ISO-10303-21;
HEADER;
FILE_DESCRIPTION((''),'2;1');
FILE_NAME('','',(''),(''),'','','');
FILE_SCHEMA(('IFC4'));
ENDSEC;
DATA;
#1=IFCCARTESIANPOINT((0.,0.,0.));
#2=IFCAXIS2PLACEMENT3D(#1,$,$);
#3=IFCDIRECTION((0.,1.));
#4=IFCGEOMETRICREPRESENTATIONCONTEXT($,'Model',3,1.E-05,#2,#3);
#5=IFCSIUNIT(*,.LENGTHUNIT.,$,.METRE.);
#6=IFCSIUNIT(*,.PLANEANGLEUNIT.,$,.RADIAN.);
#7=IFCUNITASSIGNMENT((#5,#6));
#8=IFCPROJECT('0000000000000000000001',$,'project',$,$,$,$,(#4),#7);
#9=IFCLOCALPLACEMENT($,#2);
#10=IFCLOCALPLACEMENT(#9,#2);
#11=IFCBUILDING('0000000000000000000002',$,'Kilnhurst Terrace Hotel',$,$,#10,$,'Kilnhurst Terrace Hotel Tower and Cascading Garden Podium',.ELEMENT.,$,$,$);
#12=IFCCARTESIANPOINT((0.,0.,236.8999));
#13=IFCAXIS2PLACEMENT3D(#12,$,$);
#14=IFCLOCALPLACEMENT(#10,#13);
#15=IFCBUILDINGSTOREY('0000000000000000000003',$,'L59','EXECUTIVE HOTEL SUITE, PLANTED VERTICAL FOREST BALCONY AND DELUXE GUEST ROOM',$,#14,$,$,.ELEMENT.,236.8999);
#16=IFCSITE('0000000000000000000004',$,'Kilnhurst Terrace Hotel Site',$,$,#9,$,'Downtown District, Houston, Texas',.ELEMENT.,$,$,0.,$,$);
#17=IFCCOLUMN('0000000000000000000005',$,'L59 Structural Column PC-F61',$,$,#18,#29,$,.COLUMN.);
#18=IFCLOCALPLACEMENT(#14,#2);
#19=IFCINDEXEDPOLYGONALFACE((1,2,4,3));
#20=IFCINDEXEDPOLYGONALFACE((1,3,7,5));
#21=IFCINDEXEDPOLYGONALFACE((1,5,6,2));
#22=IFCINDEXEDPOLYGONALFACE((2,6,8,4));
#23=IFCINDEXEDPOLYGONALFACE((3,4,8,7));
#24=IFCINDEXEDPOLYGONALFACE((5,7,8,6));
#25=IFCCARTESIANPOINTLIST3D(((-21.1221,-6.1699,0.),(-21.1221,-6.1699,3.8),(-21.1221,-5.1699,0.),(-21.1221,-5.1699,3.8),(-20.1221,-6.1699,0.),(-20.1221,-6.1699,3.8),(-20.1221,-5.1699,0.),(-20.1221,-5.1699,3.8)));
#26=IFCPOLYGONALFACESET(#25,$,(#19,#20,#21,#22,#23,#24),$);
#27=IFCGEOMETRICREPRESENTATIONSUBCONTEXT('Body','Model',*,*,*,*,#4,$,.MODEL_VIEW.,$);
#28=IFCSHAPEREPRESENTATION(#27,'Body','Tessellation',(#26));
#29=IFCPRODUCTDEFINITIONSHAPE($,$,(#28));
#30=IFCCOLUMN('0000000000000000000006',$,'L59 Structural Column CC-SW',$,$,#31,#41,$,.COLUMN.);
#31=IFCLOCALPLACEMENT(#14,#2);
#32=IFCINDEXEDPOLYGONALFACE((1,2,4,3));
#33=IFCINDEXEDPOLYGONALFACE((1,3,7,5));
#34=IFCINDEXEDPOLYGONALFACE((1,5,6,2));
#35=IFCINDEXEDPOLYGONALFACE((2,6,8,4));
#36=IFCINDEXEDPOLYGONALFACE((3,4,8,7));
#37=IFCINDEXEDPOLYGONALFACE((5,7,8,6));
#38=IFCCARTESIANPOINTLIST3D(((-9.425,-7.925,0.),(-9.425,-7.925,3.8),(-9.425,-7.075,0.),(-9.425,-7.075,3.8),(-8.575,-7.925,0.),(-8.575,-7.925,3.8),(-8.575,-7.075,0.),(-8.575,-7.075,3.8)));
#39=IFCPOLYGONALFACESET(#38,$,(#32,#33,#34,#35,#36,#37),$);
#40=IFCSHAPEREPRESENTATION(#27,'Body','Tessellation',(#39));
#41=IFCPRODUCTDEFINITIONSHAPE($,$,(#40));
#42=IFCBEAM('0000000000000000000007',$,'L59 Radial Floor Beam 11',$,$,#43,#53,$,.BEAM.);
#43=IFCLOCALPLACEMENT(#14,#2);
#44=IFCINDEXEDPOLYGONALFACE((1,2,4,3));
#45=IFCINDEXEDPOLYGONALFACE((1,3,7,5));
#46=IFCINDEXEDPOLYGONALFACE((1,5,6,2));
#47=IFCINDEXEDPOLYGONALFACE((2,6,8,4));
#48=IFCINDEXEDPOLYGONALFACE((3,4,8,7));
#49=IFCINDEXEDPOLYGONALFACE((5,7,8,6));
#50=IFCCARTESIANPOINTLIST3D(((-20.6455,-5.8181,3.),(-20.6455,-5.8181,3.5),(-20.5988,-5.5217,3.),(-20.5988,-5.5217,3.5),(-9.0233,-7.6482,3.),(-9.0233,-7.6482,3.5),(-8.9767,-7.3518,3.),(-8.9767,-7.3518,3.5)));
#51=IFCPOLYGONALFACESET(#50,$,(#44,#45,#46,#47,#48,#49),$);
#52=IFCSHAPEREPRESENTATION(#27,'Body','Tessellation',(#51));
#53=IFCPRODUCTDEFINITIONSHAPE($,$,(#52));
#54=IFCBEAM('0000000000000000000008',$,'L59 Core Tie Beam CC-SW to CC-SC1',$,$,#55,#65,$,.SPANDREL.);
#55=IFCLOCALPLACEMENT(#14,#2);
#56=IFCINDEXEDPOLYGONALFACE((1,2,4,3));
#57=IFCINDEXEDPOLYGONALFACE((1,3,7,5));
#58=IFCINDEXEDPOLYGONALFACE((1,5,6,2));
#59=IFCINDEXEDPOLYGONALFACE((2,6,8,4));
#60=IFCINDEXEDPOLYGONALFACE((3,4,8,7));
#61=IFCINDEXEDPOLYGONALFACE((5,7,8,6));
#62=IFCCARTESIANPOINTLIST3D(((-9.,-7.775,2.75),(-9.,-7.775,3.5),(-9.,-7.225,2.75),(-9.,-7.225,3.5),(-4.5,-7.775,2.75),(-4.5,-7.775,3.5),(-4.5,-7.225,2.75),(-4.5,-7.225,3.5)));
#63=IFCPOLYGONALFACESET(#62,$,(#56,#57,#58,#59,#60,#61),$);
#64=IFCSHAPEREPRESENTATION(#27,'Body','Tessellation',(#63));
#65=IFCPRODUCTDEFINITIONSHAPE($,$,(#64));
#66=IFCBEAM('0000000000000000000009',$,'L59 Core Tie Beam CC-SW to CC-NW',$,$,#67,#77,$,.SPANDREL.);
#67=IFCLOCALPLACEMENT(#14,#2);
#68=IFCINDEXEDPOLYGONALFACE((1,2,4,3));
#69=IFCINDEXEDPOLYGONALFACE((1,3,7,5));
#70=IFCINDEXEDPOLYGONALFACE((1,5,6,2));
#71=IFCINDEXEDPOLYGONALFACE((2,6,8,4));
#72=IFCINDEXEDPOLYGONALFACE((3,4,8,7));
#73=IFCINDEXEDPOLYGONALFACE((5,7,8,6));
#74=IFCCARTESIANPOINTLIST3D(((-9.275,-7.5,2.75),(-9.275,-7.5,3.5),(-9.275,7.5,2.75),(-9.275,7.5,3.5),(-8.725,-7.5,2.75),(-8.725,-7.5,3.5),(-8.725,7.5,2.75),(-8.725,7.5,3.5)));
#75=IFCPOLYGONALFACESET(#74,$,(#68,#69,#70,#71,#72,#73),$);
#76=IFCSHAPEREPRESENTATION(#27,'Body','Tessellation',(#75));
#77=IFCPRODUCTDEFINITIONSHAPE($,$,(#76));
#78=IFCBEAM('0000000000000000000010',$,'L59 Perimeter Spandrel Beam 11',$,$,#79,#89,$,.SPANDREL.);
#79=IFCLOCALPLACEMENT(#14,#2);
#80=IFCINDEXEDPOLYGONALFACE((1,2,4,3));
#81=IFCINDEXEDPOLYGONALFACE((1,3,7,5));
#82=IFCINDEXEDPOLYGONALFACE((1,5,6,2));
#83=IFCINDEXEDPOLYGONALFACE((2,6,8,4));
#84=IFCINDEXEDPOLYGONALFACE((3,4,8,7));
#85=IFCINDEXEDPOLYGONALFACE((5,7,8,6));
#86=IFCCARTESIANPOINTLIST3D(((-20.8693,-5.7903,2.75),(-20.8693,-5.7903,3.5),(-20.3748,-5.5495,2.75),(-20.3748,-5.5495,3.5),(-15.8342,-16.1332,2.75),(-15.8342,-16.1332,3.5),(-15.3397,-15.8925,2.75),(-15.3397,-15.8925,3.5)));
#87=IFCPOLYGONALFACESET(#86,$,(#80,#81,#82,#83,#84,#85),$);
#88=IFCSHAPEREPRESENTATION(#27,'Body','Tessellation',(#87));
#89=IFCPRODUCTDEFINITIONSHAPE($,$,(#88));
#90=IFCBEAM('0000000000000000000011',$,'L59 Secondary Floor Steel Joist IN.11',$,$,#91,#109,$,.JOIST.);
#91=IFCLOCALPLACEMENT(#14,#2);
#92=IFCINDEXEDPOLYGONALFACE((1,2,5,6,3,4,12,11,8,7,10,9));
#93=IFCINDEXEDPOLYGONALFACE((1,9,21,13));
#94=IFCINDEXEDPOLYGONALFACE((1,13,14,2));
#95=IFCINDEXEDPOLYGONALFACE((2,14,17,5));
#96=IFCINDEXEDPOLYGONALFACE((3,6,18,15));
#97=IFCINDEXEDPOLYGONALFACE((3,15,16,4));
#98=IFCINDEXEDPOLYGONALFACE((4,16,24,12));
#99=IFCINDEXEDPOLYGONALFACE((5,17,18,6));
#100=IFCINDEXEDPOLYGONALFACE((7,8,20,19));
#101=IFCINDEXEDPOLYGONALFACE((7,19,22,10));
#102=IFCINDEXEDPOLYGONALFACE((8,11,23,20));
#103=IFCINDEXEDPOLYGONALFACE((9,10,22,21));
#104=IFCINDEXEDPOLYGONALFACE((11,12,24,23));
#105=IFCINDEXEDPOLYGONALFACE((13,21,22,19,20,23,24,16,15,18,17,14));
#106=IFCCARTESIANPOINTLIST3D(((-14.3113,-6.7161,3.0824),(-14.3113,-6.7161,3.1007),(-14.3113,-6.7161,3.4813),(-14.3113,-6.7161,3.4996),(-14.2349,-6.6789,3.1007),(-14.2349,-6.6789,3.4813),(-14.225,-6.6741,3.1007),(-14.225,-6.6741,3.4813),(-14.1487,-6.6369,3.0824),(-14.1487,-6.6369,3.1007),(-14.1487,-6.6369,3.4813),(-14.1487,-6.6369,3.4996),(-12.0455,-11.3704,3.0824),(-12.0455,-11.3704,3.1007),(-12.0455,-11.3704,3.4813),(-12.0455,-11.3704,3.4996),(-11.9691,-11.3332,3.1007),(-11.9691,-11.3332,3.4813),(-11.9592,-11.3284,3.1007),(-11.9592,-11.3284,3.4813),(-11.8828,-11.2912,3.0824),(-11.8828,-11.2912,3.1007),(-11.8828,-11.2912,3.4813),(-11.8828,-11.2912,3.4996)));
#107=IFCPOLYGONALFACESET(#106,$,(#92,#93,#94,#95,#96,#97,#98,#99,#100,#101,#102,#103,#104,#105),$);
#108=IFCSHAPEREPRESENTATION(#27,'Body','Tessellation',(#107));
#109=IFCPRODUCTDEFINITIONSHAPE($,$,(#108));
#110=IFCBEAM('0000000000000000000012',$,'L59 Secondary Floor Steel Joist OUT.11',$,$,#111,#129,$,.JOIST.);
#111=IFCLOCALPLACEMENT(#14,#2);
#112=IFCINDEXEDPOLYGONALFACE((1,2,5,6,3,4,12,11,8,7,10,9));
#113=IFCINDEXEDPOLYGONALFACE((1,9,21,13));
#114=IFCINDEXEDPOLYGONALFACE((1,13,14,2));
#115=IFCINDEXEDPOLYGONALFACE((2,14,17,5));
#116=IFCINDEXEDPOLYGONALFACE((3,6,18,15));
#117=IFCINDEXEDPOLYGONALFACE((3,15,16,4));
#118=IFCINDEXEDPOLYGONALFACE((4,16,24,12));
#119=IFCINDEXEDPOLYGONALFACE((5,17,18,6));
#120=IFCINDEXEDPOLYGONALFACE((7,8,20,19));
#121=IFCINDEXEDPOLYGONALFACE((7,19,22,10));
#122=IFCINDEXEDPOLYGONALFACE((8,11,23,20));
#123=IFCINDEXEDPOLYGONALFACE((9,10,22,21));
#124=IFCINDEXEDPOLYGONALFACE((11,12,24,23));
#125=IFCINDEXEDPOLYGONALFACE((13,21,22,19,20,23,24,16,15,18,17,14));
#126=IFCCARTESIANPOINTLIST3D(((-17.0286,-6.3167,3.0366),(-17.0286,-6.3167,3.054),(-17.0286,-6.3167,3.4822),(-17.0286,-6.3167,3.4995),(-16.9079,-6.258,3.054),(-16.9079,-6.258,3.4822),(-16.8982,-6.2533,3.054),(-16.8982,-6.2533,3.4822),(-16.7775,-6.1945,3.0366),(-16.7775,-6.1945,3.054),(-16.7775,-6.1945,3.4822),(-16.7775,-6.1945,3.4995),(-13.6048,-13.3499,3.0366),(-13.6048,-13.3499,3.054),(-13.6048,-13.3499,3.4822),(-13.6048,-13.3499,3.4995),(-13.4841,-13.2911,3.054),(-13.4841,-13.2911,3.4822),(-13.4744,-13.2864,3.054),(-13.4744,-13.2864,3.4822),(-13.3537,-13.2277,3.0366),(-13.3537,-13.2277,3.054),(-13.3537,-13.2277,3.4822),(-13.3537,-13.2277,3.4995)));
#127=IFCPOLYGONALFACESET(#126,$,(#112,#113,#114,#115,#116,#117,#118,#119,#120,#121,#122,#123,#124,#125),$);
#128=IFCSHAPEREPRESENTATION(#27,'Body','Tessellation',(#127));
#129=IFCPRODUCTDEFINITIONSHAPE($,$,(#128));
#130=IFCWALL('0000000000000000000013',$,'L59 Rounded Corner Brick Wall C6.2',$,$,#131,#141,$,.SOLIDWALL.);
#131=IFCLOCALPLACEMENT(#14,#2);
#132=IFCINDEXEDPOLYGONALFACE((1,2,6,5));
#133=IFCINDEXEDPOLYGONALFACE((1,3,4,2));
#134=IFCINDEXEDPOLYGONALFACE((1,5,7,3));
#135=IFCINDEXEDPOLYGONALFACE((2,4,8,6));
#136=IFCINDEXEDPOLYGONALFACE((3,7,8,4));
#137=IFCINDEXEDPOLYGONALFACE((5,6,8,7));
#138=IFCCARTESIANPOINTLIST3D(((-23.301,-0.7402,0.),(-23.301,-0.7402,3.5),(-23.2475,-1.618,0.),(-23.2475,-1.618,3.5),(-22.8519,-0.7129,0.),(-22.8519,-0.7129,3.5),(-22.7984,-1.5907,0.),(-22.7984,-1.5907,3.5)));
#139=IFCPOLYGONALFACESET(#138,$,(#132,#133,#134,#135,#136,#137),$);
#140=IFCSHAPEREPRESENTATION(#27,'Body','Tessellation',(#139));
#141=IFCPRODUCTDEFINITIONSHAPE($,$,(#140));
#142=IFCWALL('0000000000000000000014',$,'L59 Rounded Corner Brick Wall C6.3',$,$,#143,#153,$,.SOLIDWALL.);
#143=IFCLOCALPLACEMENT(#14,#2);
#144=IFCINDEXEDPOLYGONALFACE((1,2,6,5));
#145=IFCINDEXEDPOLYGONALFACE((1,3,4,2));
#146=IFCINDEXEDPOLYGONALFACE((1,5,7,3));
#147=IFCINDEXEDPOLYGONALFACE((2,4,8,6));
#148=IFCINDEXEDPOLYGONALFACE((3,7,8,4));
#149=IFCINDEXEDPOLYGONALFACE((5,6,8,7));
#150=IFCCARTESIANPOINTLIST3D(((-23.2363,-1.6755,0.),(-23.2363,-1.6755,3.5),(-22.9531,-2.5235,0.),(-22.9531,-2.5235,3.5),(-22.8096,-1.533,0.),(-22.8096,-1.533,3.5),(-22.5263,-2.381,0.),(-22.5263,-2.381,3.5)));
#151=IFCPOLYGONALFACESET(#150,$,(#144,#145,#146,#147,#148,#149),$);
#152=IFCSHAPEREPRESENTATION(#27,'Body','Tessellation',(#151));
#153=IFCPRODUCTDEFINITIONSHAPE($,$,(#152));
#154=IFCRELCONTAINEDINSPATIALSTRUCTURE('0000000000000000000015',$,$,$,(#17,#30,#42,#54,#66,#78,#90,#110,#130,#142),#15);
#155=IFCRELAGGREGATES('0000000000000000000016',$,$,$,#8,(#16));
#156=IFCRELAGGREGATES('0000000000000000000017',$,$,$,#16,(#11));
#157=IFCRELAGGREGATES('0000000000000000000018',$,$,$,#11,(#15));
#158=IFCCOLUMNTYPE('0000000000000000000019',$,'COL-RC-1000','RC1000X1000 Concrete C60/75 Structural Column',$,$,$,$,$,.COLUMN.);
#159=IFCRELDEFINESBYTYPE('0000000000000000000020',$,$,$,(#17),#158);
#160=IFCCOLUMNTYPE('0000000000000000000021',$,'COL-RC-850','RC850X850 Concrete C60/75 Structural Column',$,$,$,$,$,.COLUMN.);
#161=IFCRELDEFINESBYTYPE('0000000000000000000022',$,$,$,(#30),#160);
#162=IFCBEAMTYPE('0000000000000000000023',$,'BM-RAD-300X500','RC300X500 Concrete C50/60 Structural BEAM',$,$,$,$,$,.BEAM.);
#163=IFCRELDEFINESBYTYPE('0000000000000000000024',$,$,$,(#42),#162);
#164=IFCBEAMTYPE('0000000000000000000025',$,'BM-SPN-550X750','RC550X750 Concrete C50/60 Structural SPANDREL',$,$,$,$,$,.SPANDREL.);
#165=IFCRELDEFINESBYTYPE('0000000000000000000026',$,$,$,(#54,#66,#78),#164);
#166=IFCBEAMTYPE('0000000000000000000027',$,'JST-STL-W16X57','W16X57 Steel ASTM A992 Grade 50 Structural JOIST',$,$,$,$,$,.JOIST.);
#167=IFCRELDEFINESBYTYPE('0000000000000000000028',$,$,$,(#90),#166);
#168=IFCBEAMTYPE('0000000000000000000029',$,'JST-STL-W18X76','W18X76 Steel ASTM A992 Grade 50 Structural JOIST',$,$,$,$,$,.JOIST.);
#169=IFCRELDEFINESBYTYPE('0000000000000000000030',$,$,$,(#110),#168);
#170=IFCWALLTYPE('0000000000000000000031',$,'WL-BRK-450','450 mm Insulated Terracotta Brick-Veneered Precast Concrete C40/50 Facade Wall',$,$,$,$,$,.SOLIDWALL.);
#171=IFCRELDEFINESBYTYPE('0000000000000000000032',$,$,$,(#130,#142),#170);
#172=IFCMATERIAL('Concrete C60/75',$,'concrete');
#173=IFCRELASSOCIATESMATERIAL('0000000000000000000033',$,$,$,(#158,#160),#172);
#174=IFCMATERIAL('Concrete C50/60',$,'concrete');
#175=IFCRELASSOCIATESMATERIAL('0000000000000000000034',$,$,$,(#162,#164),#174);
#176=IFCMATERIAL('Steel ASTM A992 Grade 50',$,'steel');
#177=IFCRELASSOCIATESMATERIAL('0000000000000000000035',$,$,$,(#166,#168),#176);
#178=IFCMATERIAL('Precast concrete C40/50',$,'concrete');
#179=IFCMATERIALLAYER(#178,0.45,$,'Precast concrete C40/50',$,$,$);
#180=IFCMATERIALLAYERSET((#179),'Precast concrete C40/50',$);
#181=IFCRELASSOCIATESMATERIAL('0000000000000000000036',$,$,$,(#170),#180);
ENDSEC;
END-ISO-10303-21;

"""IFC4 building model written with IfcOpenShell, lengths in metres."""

from ifc_helpers import new_model, si_unit, direction, frame, frame_2d, origin, origin_2d, place, context, subcontext, project, spatial, rectangle, i_section, extrude, material, layer, layer_set, material_profile, profile_set, type_object, element, save


model = new_model("IFC4")

# Units and contexts
model_context = context("Model", 3, precision=1e-05, world=origin(), true_north=direction((0.0, 1.0)))
body_context = subcontext(model_context, "Body", "Model", "MODEL_VIEW")
ifc_project = project(units=[si_unit("LENGTHUNIT", "METRE"), si_unit("PLANEANGLEUNIT", "RADIAN")], contexts=[model_context])

# Site, building, storey
site_placement = place(None, origin())
site = spatial("IfcSite", under=ifc_project, at=site_placement, Name="Kilnhurst Terrace Hotel Site", LongName="Downtown District, Houston, Texas", CompositionType="ELEMENT", RefElevation=0.0)
building_placement = place(site_placement, origin())
building = spatial("IfcBuilding", under=site, at=building_placement, Name="Kilnhurst Terrace Hotel", LongName="Kilnhurst Terrace Hotel Tower and Cascading Garden Podium", CompositionType="ELEMENT")
storey_placement = place(building_placement, frame((0.0, 0.0, 236.8999)))
storey = spatial("IfcBuildingStorey", under=building, at=storey_placement, Name="L59", Description="EXECUTIVE HOTEL SUITE, PLANTED VERTICAL FOREST BALCONY AND DELUXE GUEST ROOM", CompositionType="ELEMENT", Elevation=236.8999)

# Columns
ifc_material_1 = material(Name="Concrete C60/75", Category="concrete")
ifc_material_profile_1 = material_profile(ifc_material_1, rectangle(XDim=1.0, YDim=1.0, at=origin_2d()), Name="RC1000X1000")
ifc_profile_set_1 = profile_set([ifc_material_profile_1], Name="Concrete C60/75")
column_type_1 = type_object("IfcColumnType", Name="COL-RC-1000", Description="RC1000X1000 Concrete C60/75 Structural Column", PredefinedType="COLUMN", material=ifc_profile_set_1)
column_1_placement = place(storey_placement, frame((-20.6221, -5.6699, 0.0), z_axis=(0.0, 0.0, 1.0), x_axis=(1.0, 0.0, 0.0)))
element("IfcColumn", 1, at=column_1_placement, inside=storey, type_object=column_type_1, Name="L59 Structural Column PC-F61", PredefinedType="COLUMN", context=body_context, shape_type="SweptSolid", body=[
    extrude(rectangle(XDim=1.0, YDim=1.0, at=origin_2d()), origin(), (0.0, 0.0, 1.0), 3.8),
])
ifc_material_profile_2 = material_profile(ifc_material_1, rectangle(XDim=0.8501, YDim=0.8501, at=origin_2d()), Name="RC850X850")
ifc_profile_set_2 = profile_set([ifc_material_profile_2], Name="Concrete C60/75")
column_type_2 = type_object("IfcColumnType", Name="COL-RC-850", Description="RC850X850 Concrete C60/75 Structural Column", PredefinedType="COLUMN", material=ifc_profile_set_2)
column_2_placement = place(storey_placement, frame((-9.0, -7.5, 0.0), z_axis=(0.0, 0.0, 1.0), x_axis=(1.0, 0.0, 0.0)))
element("IfcColumn", 2, at=column_2_placement, inside=storey, type_object=column_type_2, Name="L59 Structural Column CC-SW", PredefinedType="COLUMN", context=body_context, shape_type="SweptSolid", body=[
    extrude(rectangle(XDim=0.8501, YDim=0.8501, at=origin_2d()), origin(), (0.0, 0.0, 1.0), 3.8),
])

# Beams
ifc_material_2 = material(Name="Concrete C50/60", Category="concrete")
ifc_material_profile_3 = material_profile(ifc_material_2, rectangle(XDim=0.3, YDim=0.5, at=origin_2d()), Name="RC300X500")
ifc_profile_set_3 = profile_set([ifc_material_profile_3], Name="Concrete C50/60")
beam_type_1 = type_object("IfcBeamType", Name="BM-RAD-300X500", Description="RC300X500 Concrete C50/60 Structural BEAM", PredefinedType="BEAM", material=ifc_profile_set_3)
beam_1_placement = place(storey_placement, frame((-9.0, -7.5, 3.25), z_axis=(-0.987828, 0.155549, 0.0), x_axis=(-0.155549, -0.987828, 0.0)))
element("IfcBeam", 3, at=beam_1_placement, inside=storey, type_object=beam_type_1, Name="L59 Radial Floor Beam 11", PredefinedType="BEAM", context=body_context, shape_type="SweptSolid", body=[
    extrude(rectangle(XDim=0.3, YDim=0.5, at=origin_2d()), origin(), (0.0, 0.0, 1.0), 11.7654),
])
ifc_material_profile_4 = material_profile(ifc_material_2, rectangle(XDim=0.55, YDim=0.75, at=origin_2d()), Name="RC550X750")
ifc_profile_set_4 = profile_set([ifc_material_profile_4], Name="Concrete C50/60")
beam_type_2 = type_object("IfcBeamType", Name="BM-SPN-550X750", Description="RC550X750 Concrete C50/60 Structural SPANDREL", PredefinedType="SPANDREL", material=ifc_profile_set_4)
beam_2_placement = place(storey_placement, frame((-9.0, -7.5, 3.125), z_axis=(1.0, 0.0, 0.0), x_axis=(0.0, 1.0, 0.0)))
element("IfcBeam", 4, at=beam_2_placement, inside=storey, type_object=beam_type_2, Name="L59 Core Tie Beam CC-SW to CC-SC1", PredefinedType="SPANDREL", context=body_context, shape_type="SweptSolid", body=[
    extrude(rectangle(XDim=0.55, YDim=0.75, at=origin_2d()), origin(), (0.0, 0.0, 1.0), 4.5),
])
beam_3_placement = place(storey_placement, frame((-9.0, -7.5, 3.125), z_axis=(0.0, 1.0, 0.0), x_axis=(-1.0, 0.0, 0.0)))
element("IfcBeam", 5, at=beam_3_placement, inside=storey, type_object=beam_type_2, Name="L59 Core Tie Beam CC-SW to CC-NW", PredefinedType="SPANDREL", context=body_context, shape_type="SweptSolid", body=[
    extrude(rectangle(XDim=0.55, YDim=0.75, at=origin_2d()), origin(), (0.0, 0.0, 1.0), 15.0),
])
beam_4_placement = place(storey_placement, frame((-20.6221, -5.6699, 3.125), z_axis=(0.437706, -0.899118, 0.0), x_axis=(0.899118, 0.437706, 0.0)))
element("IfcBeam", 6, at=beam_4_placement, inside=storey, type_object=beam_type_2, Name="L59 Perimeter Spandrel Beam 11", PredefinedType="SPANDREL", context=body_context, shape_type="SweptSolid", body=[
    extrude(rectangle(XDim=0.55, YDim=0.75, at=origin_2d()), origin(), (0.0, 0.0, 1.0), 11.5034),
])
ifc_material_3 = material(Name="Steel ASTM A992 Grade 50", Category="steel")
ifc_material_profile_5 = material_profile(ifc_material_3, i_section(OverallWidth=0.1809, OverallDepth=0.4172, WebThickness=0.011, FlangeThickness=0.0183, at=origin_2d()), Name="W16X57")
ifc_profile_set_5 = profile_set([ifc_material_profile_5], Name="Steel ASTM A992 Grade 50")
beam_type_3 = type_object("IfcBeamType", Name="JST-STL-W16X57", Description="W16X57 Steel ASTM A992 Grade 50 Structural JOIST", PredefinedType="JOIST", material=ifc_profile_set_5)
beam_5_placement = place(storey_placement, frame((-14.23, -6.6765, 3.291), z_axis=(0.437718, -0.899112, 0.0), x_axis=(0.899112, 0.437718, 0.0)))
element("IfcBeam", 7, at=beam_5_placement, inside=storey, type_object=beam_type_3, Name="L59 Secondary Floor Steel Joist IN.11", PredefinedType="JOIST", context=body_context, shape_type="SweptSolid", body=[
    extrude(i_section(OverallWidth=0.1809, OverallDepth=0.4172, WebThickness=0.011, FlangeThickness=0.0183, at=origin_2d()), origin(), (0.0, 0.0, 1.0), 5.1765),
])
ifc_material_profile_6 = material_profile(ifc_material_3, i_section(OverallWidth=0.2793, OverallDepth=0.4629, WebThickness=0.0107, FlangeThickness=0.0173, at=origin_2d()), Name="W18X76")
ifc_profile_set_6 = profile_set([ifc_material_profile_6], Name="Steel ASTM A992 Grade 50")
beam_type_4 = type_object("IfcBeamType", Name="JST-STL-W18X76", Description="W18X76 Steel ASTM A992 Grade 50 Structural JOIST", PredefinedType="JOIST", material=ifc_profile_set_6)
beam_6_placement = place(storey_placement, frame((-16.9031, -6.2556, 3.2681), z_axis=(0.4377, -0.899121, 0.0), x_axis=(0.899121, 0.4377, 0.0)))
element("IfcBeam", 8, at=beam_6_placement, inside=storey, type_object=beam_type_4, Name="L59 Secondary Floor Steel Joist OUT.11", PredefinedType="JOIST", context=body_context, shape_type="SweptSolid", body=[
    extrude(i_section(OverallWidth=0.2793, OverallDepth=0.4629, WebThickness=0.0107, FlangeThickness=0.0173, at=origin_2d()), origin(), (0.0, 0.0, 1.0), 7.8223),
])

# Walls
ifc_material_4 = material(Name="Precast concrete C40/50", Category="concrete")
ifc_layer_1 = layer(ifc_material_4, 0.45, Name="Precast concrete C40/50")
ifc_layer_set_1 = layer_set([ifc_layer_1], Name="Precast concrete C40/50")
wall_type_1 = type_object("IfcWallType", Name="WL-BRK-450", Description="450 mm Insulated Terracotta Brick-Veneered Precast Concrete C40/50 Facade Wall", PredefinedType="SOLIDWALL", material=ifc_layer_set_1)
wall_1_placement = place(storey_placement, frame((-23.0764, -0.7266, 0.0), z_axis=(0.0, 0.0, 1.0), x_axis=(0.060805, -0.99815, 0.0)))
element("IfcWall", 9, at=wall_1_placement, inside=storey, type_object=wall_type_1, Name="L59 Rounded Corner Brick Wall C6.2", PredefinedType="SOLIDWALL", context=body_context, shape_type="SweptSolid", body=[
    extrude(rectangle(XDim=0.8794, YDim=0.45, at=frame_2d((0.4397, 0.0))), origin(), (0.0, 0.0, 1.0), 3.5),
])
wall_2_placement = place(storey_placement, frame((-23.0229, -1.6042, 0.0), z_axis=(0.0, 0.0, 1.0), x_axis=(0.316801, -0.948492, 0.0)))
element("IfcWall", 10, at=wall_2_placement, inside=storey, type_object=wall_type_1, Name="L59 Rounded Corner Brick Wall C6.3", PredefinedType="SOLIDWALL", context=body_context, shape_type="SweptSolid", body=[
    extrude(rectangle(XDim=0.894, YDim=0.45, at=frame_2d((0.447, 0.0))), origin(), (0.0, 0.0, 1.0), 3.5),
])

save(model, "model.ifc")
